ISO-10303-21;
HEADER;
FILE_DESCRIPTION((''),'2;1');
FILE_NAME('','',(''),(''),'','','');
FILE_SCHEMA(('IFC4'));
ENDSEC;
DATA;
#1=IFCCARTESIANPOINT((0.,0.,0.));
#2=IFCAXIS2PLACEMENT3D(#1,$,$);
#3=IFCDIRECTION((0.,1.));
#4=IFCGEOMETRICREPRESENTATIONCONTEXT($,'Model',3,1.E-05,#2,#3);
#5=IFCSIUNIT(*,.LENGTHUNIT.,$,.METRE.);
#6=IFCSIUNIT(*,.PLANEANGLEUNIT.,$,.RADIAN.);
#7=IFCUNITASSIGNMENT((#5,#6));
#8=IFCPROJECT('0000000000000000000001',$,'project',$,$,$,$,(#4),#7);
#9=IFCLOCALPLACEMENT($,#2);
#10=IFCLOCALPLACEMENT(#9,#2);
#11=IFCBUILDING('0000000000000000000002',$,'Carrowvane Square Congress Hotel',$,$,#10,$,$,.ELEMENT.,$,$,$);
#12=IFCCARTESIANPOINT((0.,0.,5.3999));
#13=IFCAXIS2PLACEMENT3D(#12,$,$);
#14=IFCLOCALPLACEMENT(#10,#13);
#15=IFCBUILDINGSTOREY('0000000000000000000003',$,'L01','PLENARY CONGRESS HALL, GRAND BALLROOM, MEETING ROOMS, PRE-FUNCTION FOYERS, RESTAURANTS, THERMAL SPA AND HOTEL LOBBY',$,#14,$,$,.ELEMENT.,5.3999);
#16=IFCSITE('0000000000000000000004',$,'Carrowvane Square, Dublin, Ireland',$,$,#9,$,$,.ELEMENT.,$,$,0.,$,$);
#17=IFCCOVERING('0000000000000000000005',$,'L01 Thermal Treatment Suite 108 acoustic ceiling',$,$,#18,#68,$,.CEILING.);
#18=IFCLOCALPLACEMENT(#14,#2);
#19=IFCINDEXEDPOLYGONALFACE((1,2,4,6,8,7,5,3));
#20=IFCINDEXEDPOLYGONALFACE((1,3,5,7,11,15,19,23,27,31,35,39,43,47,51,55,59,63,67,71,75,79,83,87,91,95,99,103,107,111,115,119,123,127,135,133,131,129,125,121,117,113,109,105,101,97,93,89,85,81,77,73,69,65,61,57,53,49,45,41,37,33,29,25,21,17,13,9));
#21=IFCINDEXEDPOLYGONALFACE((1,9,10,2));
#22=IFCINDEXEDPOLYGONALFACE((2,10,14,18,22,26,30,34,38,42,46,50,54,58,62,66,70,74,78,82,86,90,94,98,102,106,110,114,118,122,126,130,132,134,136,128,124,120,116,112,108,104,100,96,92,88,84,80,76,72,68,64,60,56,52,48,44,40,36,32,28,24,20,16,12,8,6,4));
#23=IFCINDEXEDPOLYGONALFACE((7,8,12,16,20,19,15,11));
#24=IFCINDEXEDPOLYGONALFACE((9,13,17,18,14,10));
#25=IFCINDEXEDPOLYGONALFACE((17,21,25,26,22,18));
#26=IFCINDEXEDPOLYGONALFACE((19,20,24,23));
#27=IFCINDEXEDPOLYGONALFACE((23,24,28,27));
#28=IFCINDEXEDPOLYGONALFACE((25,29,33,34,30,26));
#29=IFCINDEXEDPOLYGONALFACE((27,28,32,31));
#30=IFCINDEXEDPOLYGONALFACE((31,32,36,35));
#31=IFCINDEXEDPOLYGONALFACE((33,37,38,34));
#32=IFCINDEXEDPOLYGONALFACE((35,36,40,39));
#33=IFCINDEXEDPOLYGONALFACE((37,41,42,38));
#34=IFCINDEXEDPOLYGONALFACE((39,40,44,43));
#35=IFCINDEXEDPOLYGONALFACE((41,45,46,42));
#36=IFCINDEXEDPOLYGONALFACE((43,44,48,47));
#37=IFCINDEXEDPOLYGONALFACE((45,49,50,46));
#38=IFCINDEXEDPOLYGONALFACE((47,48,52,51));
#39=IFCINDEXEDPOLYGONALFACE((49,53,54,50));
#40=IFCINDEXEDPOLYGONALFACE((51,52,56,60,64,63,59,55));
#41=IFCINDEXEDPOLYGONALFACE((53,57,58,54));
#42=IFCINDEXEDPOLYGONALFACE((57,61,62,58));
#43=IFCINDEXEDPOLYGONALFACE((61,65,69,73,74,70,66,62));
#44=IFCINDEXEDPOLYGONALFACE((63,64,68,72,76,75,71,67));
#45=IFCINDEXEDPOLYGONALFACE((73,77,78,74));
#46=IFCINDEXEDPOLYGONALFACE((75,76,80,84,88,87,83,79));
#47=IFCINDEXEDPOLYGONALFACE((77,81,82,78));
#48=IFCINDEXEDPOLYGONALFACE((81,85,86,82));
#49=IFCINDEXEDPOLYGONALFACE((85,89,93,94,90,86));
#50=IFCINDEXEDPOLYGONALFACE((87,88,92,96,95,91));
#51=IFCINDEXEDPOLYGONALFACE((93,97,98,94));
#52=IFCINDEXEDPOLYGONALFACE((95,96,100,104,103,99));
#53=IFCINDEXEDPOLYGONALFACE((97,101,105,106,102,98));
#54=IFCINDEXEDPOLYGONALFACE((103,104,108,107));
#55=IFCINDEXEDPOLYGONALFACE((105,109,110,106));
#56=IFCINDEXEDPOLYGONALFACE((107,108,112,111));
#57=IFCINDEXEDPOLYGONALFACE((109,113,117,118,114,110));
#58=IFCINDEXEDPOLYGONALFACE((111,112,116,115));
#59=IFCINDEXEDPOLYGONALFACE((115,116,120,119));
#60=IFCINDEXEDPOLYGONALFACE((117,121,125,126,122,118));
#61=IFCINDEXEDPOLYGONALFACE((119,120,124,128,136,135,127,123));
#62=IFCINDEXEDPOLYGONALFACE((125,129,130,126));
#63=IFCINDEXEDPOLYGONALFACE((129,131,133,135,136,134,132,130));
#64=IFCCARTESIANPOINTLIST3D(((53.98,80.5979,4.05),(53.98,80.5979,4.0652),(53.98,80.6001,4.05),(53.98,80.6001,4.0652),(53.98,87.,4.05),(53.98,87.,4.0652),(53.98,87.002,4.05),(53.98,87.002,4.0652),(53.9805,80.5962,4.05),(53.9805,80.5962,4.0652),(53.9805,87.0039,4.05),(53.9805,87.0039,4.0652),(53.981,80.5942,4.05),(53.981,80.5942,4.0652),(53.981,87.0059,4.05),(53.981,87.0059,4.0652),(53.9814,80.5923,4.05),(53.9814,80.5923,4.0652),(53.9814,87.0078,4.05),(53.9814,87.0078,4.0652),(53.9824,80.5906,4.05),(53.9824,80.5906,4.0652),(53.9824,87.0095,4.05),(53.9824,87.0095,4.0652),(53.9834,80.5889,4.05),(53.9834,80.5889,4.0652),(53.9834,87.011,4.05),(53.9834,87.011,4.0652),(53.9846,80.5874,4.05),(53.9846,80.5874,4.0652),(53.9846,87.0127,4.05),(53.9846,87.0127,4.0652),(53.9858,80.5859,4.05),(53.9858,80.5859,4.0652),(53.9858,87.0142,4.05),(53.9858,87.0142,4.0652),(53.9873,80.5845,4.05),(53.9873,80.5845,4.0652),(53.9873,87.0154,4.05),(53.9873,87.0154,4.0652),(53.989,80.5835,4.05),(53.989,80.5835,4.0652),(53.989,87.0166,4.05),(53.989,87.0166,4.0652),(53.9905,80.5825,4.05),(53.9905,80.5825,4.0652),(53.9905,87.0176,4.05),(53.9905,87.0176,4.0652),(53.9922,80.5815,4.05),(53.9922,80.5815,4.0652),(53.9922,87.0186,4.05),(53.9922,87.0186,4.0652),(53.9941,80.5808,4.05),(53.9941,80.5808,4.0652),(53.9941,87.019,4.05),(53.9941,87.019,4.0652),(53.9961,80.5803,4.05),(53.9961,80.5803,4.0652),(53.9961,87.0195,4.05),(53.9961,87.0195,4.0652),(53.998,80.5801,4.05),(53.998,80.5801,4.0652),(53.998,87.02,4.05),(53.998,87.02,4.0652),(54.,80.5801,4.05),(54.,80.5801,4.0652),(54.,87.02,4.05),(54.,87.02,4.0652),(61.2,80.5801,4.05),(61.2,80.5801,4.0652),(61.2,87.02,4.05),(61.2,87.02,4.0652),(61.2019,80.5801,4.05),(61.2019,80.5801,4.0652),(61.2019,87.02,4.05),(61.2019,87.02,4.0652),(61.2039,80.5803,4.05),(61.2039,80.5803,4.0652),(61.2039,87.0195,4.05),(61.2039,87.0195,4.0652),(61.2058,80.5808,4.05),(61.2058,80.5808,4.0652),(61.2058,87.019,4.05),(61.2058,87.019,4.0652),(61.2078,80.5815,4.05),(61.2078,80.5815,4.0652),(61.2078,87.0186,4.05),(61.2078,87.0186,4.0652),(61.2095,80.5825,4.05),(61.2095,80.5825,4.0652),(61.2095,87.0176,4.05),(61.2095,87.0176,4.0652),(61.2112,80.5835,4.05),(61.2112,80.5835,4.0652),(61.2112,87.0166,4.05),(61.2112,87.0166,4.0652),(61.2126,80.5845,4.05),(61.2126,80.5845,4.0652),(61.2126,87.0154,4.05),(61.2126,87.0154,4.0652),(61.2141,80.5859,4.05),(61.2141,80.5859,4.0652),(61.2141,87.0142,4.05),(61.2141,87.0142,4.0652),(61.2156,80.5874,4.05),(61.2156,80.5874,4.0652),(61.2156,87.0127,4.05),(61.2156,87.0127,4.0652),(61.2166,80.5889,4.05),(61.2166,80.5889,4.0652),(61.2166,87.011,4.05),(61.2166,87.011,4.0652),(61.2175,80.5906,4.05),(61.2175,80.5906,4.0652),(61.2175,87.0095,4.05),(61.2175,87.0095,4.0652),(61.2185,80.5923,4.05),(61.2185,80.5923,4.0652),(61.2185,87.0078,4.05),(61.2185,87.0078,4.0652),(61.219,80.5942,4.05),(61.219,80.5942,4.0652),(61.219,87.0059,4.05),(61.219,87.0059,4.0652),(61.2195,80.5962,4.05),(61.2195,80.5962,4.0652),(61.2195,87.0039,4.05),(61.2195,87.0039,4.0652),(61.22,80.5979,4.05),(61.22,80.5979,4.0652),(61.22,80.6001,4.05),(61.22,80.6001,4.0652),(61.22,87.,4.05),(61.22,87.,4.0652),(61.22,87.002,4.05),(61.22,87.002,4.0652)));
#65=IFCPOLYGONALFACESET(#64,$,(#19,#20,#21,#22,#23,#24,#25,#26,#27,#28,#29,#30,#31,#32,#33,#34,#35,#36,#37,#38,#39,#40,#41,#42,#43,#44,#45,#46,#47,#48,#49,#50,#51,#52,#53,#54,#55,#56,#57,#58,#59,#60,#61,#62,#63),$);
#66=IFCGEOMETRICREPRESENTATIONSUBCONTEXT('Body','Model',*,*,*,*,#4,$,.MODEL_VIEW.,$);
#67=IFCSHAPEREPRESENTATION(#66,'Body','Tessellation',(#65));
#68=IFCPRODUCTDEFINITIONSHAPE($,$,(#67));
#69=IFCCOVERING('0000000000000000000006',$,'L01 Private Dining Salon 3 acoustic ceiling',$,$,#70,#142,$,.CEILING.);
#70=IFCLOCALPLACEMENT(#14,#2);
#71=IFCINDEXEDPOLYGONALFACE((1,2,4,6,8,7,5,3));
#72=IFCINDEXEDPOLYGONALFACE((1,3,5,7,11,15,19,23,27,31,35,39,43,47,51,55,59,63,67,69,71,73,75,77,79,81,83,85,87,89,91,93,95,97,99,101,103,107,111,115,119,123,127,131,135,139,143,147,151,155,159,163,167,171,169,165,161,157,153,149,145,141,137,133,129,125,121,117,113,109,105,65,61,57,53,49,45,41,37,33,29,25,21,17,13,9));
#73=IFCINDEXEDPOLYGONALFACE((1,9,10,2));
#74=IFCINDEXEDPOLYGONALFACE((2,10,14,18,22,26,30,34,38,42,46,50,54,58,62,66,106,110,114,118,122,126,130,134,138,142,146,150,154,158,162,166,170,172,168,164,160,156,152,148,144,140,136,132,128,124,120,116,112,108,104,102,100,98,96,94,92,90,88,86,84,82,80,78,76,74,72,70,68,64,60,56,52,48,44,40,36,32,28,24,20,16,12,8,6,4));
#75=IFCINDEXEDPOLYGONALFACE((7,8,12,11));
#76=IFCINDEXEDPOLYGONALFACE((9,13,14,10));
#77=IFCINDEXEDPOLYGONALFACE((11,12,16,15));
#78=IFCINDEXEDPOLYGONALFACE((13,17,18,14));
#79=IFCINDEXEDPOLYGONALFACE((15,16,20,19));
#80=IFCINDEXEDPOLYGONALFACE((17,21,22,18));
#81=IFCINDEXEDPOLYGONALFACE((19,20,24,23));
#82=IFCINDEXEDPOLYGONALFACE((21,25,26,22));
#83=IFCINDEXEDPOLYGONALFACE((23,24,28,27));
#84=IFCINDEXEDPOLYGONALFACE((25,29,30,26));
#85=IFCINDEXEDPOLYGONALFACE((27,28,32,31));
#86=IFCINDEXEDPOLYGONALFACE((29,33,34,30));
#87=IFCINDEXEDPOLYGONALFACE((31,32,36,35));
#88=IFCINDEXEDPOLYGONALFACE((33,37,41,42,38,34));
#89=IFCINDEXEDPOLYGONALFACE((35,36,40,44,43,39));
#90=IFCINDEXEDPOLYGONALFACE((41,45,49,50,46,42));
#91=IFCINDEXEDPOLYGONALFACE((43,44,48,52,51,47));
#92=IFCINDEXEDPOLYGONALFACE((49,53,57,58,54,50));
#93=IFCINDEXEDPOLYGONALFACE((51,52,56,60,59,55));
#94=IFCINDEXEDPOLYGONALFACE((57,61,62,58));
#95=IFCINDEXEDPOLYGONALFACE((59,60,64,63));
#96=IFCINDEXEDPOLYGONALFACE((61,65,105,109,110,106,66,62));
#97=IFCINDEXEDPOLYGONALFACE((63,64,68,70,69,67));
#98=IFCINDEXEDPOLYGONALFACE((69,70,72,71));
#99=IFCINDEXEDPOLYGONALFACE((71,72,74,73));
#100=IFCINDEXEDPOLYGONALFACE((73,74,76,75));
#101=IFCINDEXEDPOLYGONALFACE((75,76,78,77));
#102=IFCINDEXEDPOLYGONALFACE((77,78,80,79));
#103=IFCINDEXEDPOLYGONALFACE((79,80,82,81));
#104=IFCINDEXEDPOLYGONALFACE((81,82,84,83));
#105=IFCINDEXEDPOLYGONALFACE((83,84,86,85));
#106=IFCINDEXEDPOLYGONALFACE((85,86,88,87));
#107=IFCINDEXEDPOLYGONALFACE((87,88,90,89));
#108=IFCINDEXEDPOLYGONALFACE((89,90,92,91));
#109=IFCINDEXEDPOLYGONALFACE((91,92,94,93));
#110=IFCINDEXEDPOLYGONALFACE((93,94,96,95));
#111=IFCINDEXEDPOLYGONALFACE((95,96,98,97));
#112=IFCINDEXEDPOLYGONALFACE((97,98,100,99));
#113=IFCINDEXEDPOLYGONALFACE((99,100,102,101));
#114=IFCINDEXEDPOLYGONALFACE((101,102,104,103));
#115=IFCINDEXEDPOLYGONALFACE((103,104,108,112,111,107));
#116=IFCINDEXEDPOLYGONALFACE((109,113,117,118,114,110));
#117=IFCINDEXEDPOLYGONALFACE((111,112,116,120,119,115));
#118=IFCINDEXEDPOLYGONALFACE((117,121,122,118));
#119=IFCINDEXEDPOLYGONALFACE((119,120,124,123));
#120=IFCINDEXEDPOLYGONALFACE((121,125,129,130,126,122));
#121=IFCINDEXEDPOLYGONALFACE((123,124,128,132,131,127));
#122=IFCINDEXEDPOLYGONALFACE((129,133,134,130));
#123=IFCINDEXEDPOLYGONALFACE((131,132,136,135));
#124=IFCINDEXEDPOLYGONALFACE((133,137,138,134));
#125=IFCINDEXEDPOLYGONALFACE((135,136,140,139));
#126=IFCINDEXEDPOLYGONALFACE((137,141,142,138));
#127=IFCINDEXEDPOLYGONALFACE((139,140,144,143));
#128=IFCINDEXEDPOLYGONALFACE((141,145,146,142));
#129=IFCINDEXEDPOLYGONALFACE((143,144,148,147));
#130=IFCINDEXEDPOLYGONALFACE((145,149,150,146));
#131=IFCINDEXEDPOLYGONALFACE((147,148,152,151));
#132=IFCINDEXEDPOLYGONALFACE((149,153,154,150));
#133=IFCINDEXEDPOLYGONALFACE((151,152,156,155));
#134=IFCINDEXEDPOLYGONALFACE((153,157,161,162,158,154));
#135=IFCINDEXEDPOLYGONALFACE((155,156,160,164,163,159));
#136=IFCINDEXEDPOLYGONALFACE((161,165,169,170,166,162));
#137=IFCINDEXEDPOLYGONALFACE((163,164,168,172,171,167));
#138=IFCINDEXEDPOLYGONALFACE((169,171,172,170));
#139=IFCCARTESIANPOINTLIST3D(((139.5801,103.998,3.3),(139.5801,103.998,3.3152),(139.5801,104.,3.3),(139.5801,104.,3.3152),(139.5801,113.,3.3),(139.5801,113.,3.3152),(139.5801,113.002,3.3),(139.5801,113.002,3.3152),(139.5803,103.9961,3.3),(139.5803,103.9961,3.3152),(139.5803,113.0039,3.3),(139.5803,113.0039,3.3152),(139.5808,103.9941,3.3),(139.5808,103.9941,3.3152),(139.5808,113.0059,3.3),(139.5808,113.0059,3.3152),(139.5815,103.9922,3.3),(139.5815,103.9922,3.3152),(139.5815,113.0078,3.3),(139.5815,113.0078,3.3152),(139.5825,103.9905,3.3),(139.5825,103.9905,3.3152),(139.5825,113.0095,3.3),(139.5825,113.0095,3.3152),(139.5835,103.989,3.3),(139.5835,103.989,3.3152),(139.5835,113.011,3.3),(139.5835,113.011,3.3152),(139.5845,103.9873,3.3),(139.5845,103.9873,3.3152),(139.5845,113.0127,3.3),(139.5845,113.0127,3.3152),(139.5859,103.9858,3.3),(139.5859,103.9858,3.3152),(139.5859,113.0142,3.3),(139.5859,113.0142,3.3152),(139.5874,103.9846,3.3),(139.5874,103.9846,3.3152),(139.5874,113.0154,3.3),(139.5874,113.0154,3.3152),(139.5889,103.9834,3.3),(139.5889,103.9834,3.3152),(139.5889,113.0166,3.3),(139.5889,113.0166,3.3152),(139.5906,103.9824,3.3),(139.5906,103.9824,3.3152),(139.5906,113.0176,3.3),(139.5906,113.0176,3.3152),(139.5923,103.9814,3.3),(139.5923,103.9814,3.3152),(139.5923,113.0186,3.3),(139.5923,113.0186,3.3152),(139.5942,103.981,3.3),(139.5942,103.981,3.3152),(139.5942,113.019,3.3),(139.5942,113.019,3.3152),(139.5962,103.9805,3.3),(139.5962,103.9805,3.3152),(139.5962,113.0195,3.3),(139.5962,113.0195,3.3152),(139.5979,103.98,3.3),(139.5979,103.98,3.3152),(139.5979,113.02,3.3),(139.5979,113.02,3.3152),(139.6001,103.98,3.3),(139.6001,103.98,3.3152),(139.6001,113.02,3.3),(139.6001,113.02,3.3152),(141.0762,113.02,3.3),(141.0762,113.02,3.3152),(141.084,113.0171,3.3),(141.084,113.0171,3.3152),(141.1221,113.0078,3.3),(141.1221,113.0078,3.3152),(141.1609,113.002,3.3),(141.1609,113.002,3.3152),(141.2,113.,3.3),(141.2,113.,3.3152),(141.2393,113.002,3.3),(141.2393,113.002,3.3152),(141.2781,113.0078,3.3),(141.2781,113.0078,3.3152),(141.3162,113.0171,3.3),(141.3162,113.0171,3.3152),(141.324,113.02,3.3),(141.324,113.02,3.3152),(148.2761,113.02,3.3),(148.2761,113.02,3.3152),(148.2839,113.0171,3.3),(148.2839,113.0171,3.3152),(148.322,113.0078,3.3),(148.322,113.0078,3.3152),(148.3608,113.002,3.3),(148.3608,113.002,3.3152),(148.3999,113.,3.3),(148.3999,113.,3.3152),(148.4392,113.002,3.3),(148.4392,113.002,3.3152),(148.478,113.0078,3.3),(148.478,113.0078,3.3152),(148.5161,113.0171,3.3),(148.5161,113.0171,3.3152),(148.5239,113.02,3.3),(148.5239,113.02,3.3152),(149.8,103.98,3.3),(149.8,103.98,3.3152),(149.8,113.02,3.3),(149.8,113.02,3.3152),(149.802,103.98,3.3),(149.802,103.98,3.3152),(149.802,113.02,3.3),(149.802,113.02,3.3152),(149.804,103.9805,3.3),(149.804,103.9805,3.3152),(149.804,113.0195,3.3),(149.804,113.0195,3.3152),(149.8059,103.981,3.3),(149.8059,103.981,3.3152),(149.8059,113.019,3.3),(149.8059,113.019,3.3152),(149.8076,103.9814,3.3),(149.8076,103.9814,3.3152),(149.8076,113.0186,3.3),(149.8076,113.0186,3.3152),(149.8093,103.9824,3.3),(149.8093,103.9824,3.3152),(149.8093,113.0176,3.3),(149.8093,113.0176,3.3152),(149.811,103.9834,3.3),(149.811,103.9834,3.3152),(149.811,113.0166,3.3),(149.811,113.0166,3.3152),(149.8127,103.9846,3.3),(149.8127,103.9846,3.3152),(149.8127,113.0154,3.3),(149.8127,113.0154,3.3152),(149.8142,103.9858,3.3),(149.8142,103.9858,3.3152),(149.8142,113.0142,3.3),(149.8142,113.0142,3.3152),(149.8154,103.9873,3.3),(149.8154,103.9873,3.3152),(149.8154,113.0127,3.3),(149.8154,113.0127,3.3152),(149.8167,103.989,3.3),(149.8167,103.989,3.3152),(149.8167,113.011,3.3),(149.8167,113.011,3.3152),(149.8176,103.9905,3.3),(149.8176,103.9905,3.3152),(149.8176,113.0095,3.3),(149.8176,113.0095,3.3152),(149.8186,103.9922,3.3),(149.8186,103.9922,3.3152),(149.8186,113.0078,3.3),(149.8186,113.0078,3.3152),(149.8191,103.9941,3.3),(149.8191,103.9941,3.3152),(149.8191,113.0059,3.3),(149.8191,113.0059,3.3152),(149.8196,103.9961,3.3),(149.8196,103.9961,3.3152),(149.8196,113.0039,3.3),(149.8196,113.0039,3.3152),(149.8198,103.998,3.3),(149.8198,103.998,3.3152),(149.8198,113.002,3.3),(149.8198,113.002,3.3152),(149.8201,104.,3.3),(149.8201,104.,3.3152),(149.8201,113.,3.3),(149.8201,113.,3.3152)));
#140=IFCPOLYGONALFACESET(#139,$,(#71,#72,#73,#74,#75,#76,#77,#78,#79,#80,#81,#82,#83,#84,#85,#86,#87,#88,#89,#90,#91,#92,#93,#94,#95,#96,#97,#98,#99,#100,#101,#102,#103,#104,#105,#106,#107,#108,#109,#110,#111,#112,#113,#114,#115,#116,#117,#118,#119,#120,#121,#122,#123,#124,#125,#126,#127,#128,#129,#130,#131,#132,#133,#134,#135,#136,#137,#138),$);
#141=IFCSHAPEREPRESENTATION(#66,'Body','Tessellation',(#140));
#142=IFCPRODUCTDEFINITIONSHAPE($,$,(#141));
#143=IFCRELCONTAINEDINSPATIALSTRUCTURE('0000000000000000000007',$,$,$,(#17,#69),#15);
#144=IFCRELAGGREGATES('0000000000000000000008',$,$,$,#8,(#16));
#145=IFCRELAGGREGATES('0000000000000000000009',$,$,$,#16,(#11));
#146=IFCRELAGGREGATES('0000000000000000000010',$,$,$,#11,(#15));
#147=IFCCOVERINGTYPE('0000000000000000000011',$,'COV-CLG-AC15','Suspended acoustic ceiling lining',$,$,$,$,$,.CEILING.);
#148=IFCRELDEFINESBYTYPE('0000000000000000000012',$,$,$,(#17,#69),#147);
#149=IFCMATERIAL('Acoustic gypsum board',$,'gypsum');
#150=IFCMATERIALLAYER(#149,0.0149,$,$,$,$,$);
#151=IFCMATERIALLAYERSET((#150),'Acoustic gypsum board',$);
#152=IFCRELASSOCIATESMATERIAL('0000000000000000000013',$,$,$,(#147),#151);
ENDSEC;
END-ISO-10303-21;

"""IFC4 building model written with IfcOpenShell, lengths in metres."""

from ifc_helpers import new_model, si_unit, direction, frame, origin, place, context, subcontext, project, spatial, polyline, outline, extrude, material, layer, layer_set, type_object, element, save


model = new_model("IFC4")

# Units and contexts
model_context = context("Model", 3, precision=1e-05, world=origin(), true_north=direction((0.0, 1.0)))
body_context = subcontext(model_context, "Body", "Model", "MODEL_VIEW")
ifc_project = project(units=[si_unit("LENGTHUNIT", "METRE"), si_unit("PLANEANGLEUNIT", "RADIAN")], contexts=[model_context])

# Site, building, storey
site_placement = place(None, origin())
site = spatial("IfcSite", under=ifc_project, at=site_placement, Name="Carrowvane Square, Dublin, Ireland", CompositionType="ELEMENT", RefElevation=0.0)
building_placement = place(site_placement, origin())
building = spatial("IfcBuilding", under=site, at=building_placement, Name="Carrowvane Square Congress Hotel", CompositionType="ELEMENT")
storey_placement = place(building_placement, frame((0.0, 0.0, 5.3999)))
storey = spatial("IfcBuildingStorey", under=building, at=storey_placement, Name="L01", Description="PLENARY CONGRESS HALL, GRAND BALLROOM, MEETING ROOMS, PRE-FUNCTION FOYERS, RESTAURANTS, THERMAL SPA AND HOTEL LOBBY", CompositionType="ELEMENT", Elevation=5.3999)

# Coverings
ifc_material_1 = material(Name="Acoustic gypsum board", Category="gypsum")
ifc_layer_1 = layer(ifc_material_1, 0.0149)
ifc_layer_set_1 = layer_set([ifc_layer_1], Name="Acoustic gypsum board")
covering_type_1 = type_object("IfcCoveringType", Name="COV-CLG-AC15", Description="Suspended acoustic ceiling lining", PredefinedType="CEILING", material=ifc_layer_set_1)
covering_1_placement = place(storey_placement, frame((0.0, 0.0, 4.05)))
element("IfcCovering", 1, at=covering_1_placement, inside=storey, type_object=covering_type_1, Name="L01 Thermal Treatment Suite 108 acoustic ceiling", PredefinedType="CEILING", context=body_context, shape_type="SweptSolid", body=[
    extrude(outline(polyline([(53.98, 87.002), (53.9805, 87.0039), (53.981, 87.0059), (53.9814, 87.0078), (53.9824, 87.0095), (53.9834, 87.011), (53.9846, 87.0127), (53.9858, 87.0142), (53.9873, 87.0154), (53.989, 87.0166), (53.9905, 87.0176), (53.9922, 87.0186), (53.9941, 87.019), (53.9961, 87.0195), (53.998, 87.02), (54.0, 87.02), (61.2, 87.02), (61.2019, 87.02), (61.2039, 87.0195), (61.2058, 87.019), (61.2078, 87.0186), (61.2095, 87.0176), (61.2112, 87.0166), (61.2126, 87.0154), (61.2141, 87.0142), (61.2156, 87.0127), (61.2166, 87.011), (61.2175, 87.0095), (61.2185, 87.0078), (61.219, 87.0059), (61.2195, 87.0039), (61.22, 87.002), (61.22, 87.0), (61.22, 80.6001), (61.22, 80.5979), (61.2195, 80.5962), (61.219, 80.5942), (61.2185, 80.5923), (61.2175, 80.5906), (61.2166, 80.5889), (61.2156, 80.5874), (61.2141, 80.5859), (61.2126, 80.5845), (61.2112, 80.5835), (61.2095, 80.5825), (61.2078, 80.5815), (61.2058, 80.5808), (61.2039, 80.5803), (61.2019, 80.5801), (61.2, 80.5801), (54.0, 80.5801), (53.998, 80.5801), (53.9961, 80.5803), (53.9941, 80.5808), (53.9922, 80.5815), (53.9905, 80.5825), (53.989, 80.5835), (53.9873, 80.5845), (53.9858, 80.5859), (53.9846, 80.5874), (53.9834, 80.5889), (53.9824, 80.5906), (53.9814, 80.5923), (53.981, 80.5942), (53.9805, 80.5962), (53.98, 80.5979), (53.98, 80.6001), (53.98, 87.0), (53.98, 87.002)])), origin(), (0.0, 0.0, 1.0), 0.0151),
])
covering_2_placement = place(storey_placement, frame((0.0, 0.0, 3.3)))
element("IfcCovering", 2, at=covering_2_placement, inside=storey, type_object=covering_type_1, Name="L01 Private Dining Salon 3 acoustic ceiling", PredefinedType="CEILING", context=body_context, shape_type="SweptSolid", body=[
    extrude(outline(polyline([(139.6001, 103.98), (139.5979, 103.98), (139.5962, 103.9805), (139.5942, 103.981), (139.5923, 103.9814), (139.5906, 103.9824), (139.5889, 103.9834), (139.5874, 103.9846), (139.5859, 103.9858), (139.5845, 103.9873), (139.5835, 103.989), (139.5825, 103.9905), (139.5815, 103.9922), (139.5808, 103.9941), (139.5803, 103.9961), (139.5801, 103.998), (139.5801, 104.0), (139.5801, 113.0), (139.5801, 113.002), (139.5803, 113.0039), (139.5808, 113.0059), (139.5815, 113.0078), (139.5825, 113.0095), (139.5835, 113.011), (139.5845, 113.0127), (139.5859, 113.0142), (139.5874, 113.0154), (139.5889, 113.0166), (139.5906, 113.0176), (139.5923, 113.0186), (139.5942, 113.019), (139.5962, 113.0195), (139.5979, 113.02), (139.6001, 113.02), (141.0762, 113.02), (141.084, 113.0171), (141.1221, 113.0078), (141.1609, 113.002), (141.2, 113.0), (141.2393, 113.002), (141.2781, 113.0078), (141.3162, 113.0171), (141.324, 113.02), (148.2761, 113.02), (148.2839, 113.0171), (148.322, 113.0078), (148.3608, 113.002), (148.3999, 113.0), (148.4392, 113.002), (148.478, 113.0078), (148.5161, 113.0171), (148.5239, 113.02), (149.8, 113.02), (149.802, 113.02), (149.804, 113.0195), (149.8059, 113.019), (149.8076, 113.0186), (149.8093, 113.0176), (149.811, 113.0166), (149.8127, 113.0154), (149.8142, 113.0142), (149.8154, 113.0127), (149.8167, 113.011), (149.8176, 113.0095), (149.8186, 113.0078), (149.8191, 113.0059), (149.8196, 113.0039), (149.8198, 113.002), (149.8201, 113.0), (149.8201, 104.0), (149.8198, 103.998), (149.8196, 103.9961), (149.8191, 103.9941), (149.8186, 103.9922), (149.8176, 103.9905), (149.8167, 103.989), (149.8154, 103.9873), (149.8142, 103.9858), (149.8127, 103.9846), (149.811, 103.9834), (149.8093, 103.9824), (149.8076, 103.9814), (149.8059, 103.981), (149.804, 103.9805), (149.802, 103.98), (149.8, 103.98), (139.6001, 103.98)])), origin(), (0.0, 0.0, 1.0), 0.0151),
])

save(model, "model.ifc")
